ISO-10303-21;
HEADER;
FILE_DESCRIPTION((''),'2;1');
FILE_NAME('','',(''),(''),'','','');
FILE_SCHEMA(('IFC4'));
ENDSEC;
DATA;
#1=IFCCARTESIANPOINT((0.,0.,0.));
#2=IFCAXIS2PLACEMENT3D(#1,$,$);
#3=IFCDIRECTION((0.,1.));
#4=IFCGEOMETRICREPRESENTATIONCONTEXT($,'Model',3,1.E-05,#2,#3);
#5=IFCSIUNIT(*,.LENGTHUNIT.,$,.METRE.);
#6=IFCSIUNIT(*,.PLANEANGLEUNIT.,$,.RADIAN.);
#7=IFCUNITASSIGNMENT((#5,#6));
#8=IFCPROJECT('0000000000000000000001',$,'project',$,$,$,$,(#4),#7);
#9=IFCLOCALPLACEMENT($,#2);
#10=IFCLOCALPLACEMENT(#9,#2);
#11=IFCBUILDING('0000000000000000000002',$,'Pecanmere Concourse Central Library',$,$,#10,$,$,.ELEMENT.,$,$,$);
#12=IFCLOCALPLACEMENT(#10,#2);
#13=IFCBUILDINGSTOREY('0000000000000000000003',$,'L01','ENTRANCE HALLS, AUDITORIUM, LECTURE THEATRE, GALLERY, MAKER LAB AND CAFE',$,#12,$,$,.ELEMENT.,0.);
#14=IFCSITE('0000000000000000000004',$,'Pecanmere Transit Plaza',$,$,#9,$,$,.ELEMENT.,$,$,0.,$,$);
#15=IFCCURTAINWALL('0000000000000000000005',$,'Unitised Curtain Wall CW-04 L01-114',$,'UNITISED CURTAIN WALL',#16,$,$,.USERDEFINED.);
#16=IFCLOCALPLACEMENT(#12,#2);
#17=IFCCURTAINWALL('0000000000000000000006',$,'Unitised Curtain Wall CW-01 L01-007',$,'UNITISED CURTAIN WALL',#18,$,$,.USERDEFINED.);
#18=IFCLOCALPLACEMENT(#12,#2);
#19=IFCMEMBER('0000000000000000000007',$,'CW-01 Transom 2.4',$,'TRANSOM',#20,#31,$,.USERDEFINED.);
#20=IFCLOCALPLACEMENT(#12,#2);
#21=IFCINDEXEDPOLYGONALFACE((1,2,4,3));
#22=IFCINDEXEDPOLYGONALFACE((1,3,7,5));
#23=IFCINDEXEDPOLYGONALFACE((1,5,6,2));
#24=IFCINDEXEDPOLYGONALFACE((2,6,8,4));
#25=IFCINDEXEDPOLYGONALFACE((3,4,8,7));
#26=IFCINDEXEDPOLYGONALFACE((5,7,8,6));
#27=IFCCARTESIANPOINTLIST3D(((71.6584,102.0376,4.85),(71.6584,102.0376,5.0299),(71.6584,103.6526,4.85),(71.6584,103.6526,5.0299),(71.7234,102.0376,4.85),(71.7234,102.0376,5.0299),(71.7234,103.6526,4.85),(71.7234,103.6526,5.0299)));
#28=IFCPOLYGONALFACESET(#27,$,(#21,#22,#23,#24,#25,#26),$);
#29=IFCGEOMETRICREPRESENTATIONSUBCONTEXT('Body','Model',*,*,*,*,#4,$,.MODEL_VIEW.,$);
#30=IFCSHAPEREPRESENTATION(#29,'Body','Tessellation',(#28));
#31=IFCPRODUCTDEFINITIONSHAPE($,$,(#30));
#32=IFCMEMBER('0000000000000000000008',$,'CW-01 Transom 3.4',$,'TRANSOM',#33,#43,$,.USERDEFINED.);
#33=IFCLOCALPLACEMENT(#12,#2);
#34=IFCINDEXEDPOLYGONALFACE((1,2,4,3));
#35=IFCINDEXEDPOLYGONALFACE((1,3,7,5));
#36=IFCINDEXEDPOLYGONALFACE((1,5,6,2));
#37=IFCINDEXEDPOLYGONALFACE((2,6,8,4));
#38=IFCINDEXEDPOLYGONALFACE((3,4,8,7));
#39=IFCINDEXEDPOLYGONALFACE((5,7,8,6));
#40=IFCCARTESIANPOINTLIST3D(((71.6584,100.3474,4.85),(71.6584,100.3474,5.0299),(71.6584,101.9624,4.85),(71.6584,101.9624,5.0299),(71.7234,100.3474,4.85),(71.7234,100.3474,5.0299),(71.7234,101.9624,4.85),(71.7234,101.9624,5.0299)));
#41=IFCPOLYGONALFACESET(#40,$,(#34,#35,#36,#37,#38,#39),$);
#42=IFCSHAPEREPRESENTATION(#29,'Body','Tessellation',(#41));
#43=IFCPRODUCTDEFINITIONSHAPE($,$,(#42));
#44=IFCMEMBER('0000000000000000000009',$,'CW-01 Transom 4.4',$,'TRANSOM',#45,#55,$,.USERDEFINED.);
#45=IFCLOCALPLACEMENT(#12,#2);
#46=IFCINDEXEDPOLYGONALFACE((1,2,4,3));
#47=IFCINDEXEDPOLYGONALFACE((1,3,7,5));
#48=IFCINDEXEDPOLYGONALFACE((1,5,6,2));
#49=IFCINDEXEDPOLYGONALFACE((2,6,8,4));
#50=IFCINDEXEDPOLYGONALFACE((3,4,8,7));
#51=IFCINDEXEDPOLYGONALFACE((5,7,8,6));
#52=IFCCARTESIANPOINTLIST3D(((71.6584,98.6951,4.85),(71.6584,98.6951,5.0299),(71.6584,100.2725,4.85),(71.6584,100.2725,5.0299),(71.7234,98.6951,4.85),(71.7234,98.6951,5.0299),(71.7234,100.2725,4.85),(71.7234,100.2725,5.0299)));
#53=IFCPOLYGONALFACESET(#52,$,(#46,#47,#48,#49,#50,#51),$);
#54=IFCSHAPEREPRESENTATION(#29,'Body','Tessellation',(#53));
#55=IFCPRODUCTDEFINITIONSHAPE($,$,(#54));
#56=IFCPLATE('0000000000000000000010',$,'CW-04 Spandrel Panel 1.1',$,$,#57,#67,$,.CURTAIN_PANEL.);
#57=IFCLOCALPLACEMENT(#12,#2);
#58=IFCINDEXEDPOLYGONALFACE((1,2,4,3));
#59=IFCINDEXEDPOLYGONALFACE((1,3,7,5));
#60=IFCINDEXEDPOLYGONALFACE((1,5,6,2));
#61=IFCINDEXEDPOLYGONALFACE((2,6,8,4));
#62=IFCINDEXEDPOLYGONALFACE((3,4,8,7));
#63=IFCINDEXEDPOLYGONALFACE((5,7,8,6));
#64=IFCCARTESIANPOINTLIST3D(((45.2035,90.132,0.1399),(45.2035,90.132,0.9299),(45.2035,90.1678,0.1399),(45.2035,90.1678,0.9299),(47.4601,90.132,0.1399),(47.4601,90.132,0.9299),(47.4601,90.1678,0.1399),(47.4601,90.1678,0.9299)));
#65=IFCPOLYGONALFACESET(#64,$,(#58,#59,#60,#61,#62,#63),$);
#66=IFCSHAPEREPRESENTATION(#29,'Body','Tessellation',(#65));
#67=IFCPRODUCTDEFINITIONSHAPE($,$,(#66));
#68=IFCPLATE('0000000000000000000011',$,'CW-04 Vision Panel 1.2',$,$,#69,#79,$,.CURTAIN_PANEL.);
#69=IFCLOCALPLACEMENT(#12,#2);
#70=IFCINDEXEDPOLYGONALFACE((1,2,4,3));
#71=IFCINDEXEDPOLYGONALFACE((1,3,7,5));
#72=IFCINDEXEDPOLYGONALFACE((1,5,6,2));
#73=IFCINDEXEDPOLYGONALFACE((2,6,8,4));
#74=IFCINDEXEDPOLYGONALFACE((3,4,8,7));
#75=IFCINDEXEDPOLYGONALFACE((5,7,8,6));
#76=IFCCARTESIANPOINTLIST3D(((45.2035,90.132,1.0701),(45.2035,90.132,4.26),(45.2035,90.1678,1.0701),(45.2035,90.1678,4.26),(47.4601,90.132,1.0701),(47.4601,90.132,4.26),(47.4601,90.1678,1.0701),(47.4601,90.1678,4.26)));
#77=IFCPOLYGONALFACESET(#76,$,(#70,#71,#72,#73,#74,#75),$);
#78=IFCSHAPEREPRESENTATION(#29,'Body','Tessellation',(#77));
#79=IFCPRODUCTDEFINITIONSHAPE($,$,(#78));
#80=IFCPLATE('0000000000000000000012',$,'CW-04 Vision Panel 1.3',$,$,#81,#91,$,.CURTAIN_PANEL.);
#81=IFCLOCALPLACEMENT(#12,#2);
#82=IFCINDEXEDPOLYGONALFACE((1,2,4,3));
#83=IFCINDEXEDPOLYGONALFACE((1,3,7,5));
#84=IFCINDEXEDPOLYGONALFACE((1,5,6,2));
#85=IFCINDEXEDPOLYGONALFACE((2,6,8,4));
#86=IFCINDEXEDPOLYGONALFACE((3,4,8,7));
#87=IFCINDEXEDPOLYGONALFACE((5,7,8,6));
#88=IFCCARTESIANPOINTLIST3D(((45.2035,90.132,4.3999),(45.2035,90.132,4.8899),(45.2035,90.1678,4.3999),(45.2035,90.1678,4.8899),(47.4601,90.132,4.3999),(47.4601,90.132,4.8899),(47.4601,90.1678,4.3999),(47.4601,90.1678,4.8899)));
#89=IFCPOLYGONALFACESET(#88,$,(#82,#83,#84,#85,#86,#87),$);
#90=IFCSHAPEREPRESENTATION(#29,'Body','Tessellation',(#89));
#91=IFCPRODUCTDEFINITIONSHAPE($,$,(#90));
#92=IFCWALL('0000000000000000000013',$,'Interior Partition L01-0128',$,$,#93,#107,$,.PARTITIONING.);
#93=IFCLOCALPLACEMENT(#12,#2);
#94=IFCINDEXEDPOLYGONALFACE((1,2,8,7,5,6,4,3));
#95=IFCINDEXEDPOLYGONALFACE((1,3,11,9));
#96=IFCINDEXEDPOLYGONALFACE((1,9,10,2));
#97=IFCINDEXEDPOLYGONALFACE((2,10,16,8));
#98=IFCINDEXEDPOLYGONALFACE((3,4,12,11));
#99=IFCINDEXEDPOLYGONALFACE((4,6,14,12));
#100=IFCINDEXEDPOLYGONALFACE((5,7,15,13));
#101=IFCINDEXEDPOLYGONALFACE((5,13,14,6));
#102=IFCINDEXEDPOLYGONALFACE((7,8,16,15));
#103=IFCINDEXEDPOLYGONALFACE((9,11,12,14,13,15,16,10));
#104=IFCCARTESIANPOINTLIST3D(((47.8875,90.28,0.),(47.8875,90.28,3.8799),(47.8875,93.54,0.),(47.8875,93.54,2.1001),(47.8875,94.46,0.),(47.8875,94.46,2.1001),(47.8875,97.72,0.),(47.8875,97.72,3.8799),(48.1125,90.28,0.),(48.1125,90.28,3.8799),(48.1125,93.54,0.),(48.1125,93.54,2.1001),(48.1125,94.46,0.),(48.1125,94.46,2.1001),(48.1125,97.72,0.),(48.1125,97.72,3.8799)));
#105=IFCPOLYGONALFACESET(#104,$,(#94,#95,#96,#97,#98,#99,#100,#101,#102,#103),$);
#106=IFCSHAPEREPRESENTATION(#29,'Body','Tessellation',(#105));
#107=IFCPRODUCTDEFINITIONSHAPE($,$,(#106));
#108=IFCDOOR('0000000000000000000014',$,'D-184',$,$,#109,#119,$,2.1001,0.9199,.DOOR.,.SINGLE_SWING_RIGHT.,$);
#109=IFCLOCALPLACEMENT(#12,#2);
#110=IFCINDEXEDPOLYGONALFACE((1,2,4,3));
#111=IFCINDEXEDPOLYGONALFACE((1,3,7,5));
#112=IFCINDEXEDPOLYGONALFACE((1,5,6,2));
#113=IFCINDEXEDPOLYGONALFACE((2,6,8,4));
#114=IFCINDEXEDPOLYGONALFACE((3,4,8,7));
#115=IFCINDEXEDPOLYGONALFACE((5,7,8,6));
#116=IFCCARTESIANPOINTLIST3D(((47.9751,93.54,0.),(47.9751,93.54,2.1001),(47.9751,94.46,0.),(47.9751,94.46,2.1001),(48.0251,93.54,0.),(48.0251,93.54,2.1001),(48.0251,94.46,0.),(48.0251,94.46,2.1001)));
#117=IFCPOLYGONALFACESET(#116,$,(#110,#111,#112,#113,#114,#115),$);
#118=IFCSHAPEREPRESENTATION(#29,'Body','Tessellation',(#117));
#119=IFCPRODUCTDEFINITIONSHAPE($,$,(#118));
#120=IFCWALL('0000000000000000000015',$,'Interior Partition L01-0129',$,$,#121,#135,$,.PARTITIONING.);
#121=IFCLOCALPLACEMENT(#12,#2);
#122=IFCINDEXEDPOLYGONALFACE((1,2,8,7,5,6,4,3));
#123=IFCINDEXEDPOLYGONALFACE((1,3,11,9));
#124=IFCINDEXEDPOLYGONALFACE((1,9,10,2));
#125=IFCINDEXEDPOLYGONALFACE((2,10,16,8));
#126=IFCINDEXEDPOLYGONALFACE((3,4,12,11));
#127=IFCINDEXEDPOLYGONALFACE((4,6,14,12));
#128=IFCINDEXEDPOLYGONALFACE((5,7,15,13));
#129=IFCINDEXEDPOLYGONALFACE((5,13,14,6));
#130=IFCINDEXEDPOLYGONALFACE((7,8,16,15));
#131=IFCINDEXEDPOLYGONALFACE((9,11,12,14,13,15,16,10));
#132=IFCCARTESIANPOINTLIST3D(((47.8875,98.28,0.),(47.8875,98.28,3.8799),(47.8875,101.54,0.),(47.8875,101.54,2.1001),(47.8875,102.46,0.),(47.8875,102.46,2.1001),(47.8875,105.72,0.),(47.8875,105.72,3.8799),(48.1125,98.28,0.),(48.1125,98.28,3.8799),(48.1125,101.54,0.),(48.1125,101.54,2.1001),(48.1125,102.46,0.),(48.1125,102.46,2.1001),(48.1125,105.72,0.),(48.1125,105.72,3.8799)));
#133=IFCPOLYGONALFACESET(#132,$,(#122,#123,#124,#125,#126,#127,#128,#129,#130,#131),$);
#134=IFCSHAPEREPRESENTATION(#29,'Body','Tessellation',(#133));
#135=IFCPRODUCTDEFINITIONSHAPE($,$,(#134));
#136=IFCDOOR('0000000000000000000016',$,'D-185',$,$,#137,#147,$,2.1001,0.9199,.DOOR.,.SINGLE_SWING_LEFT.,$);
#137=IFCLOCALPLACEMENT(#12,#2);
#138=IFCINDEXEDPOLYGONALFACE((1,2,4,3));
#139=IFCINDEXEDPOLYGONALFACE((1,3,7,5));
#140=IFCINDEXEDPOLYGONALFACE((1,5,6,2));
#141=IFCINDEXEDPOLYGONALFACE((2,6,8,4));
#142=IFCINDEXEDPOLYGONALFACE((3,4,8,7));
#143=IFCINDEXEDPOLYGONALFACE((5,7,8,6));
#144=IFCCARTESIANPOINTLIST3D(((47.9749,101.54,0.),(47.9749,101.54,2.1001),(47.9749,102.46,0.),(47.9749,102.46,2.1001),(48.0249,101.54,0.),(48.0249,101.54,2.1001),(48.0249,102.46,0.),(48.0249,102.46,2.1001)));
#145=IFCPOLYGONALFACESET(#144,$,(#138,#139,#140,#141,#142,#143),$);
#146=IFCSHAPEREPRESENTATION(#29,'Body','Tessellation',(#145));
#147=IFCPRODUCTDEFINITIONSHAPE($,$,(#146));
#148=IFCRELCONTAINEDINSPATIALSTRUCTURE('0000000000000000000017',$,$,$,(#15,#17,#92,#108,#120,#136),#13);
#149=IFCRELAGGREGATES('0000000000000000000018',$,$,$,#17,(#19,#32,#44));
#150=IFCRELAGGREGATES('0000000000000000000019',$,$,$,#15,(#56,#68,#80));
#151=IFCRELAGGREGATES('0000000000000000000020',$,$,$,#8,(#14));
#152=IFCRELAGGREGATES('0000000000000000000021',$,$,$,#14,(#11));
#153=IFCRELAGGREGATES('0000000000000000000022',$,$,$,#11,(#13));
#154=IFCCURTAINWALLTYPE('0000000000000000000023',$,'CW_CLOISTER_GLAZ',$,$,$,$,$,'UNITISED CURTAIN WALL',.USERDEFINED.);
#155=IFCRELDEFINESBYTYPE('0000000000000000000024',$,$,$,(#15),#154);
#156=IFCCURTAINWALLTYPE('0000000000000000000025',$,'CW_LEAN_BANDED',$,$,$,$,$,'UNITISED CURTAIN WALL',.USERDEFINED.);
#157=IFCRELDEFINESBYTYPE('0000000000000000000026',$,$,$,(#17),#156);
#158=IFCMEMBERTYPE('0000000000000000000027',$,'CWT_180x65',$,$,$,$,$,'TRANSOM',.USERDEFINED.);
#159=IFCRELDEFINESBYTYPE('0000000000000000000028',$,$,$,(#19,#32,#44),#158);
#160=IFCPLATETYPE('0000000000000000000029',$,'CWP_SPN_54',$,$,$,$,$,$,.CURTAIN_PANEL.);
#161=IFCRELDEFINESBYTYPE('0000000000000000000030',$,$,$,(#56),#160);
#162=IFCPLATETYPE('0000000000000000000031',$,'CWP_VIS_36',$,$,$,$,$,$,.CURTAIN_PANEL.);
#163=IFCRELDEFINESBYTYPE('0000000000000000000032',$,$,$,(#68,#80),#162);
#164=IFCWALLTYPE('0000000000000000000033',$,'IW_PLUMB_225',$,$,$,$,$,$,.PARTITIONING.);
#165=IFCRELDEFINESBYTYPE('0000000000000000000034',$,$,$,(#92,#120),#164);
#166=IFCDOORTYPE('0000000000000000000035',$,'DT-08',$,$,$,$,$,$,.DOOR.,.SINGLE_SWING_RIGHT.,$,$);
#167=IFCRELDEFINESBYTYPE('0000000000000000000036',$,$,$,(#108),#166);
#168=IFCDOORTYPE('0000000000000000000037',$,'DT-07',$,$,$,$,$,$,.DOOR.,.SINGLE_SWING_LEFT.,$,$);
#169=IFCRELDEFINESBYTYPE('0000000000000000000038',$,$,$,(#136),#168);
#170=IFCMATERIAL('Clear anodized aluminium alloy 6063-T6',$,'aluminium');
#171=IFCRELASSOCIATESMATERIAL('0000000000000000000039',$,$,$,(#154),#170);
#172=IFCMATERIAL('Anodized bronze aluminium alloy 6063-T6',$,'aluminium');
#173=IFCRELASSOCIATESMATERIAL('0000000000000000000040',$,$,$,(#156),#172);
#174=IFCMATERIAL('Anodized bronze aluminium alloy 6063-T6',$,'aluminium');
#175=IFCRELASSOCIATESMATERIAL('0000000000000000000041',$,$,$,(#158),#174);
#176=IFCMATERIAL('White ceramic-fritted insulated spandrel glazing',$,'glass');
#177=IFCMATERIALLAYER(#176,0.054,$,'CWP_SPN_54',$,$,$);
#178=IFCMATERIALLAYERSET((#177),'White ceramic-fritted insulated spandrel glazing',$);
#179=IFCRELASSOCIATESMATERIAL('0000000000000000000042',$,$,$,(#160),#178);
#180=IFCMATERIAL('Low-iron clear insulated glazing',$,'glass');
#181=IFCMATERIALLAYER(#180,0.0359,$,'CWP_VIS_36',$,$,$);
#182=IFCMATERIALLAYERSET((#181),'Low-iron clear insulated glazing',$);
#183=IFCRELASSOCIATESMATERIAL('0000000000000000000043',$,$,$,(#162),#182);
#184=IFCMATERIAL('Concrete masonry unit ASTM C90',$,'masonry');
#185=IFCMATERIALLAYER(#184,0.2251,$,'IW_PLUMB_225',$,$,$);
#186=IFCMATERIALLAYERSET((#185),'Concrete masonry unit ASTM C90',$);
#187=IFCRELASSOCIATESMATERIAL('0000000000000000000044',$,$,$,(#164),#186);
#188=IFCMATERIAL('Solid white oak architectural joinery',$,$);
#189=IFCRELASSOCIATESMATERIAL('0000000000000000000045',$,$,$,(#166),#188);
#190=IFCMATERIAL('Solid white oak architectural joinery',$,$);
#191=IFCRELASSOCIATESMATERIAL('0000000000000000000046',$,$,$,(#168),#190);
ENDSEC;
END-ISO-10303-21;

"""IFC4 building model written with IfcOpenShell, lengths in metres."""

from ifc_helpers import new_model, si_unit, direction, frame, frame_2d, origin, origin_2d, place, context, subcontext, project, spatial, rectangle, extrude, material, layer, layer_set, material_profile, profile_set, type_object, element, fill, aggregate, save


model = new_model("IFC4")

# Units and contexts
model_context = context("Model", 3, precision=1e-05, world=origin(), true_north=direction((0.0, 1.0)))
body_context = subcontext(model_context, "Body", "Model", "MODEL_VIEW")
ifc_project = project(units=[si_unit("LENGTHUNIT", "METRE"), si_unit("PLANEANGLEUNIT", "RADIAN")], contexts=[model_context])

# Site, building, storey
site_placement = place(None, origin())
site = spatial("IfcSite", under=ifc_project, at=site_placement, Name="Pecanmere Transit Plaza", CompositionType="ELEMENT", RefElevation=0.0)
building_placement = place(site_placement, origin())
building = spatial("IfcBuilding", under=site, at=building_placement, Name="Pecanmere Concourse Central Library", CompositionType="ELEMENT")
storey_placement = place(building_placement, origin())
storey = spatial("IfcBuildingStorey", under=building, at=storey_placement, Name="L01", Description="ENTRANCE HALLS, AUDITORIUM, LECTURE THEATRE, GALLERY, MAKER LAB AND CAFE", CompositionType="ELEMENT", Elevation=0.0)

# Curtain walls, members
ifc_material_1 = material(Name="Clear anodized aluminium alloy 6063-T6", Category="aluminium")
curtain_wall_type_1 = type_object("IfcCurtainWallType", Name="CW_CLOISTER_GLAZ", ElementType="UNITISED CURTAIN WALL", PredefinedType="USERDEFINED", material=ifc_material_1)
curtain_wall_1_placement = place(storey_placement, origin())
curtain_wall_1 = element("IfcCurtainWall", 1, at=curtain_wall_1_placement, inside=storey, type_object=curtain_wall_type_1, Name="Unitised Curtain Wall CW-04 L01-114", ObjectType="UNITISED CURTAIN WALL", PredefinedType="USERDEFINED")
ifc_material_2 = material(Name="Anodized bronze aluminium alloy 6063-T6", Category="aluminium")
curtain_wall_type_2 = type_object("IfcCurtainWallType", Name="CW_LEAN_BANDED", ElementType="UNITISED CURTAIN WALL", PredefinedType="USERDEFINED", material=ifc_material_2)
ifc_material_3 = material(Name="Anodized bronze aluminium alloy 6063-T6", Category="aluminium")
ifc_material_profile_1 = material_profile(ifc_material_3, rectangle(XDim=0.0649, YDim=0.1799, at=origin_2d()), Name="AL 65x180")
ifc_profile_set_1 = profile_set([ifc_material_profile_1], Name="Anodized bronze aluminium alloy 6063-T6")
member_type_1 = type_object("IfcMemberType", Name="CWT_180x65", ElementType="TRANSOM", PredefinedType="USERDEFINED", material=ifc_profile_set_1)
curtain_wall_2_placement = place(storey_placement, origin())
curtain_wall_2 = element("IfcCurtainWall", 2, at=curtain_wall_2_placement, inside=storey, type_object=curtain_wall_type_2, Name="Unitised Curtain Wall CW-01 L01-007", ObjectType="UNITISED CURTAIN WALL", PredefinedType="USERDEFINED")
member_1_placement = place(storey_placement, frame((71.6909, 103.6526, 4.9399), z_axis=(0.0, -1.0, 0.0), x_axis=(1.0, 0.0, 0.0)))
member_1 = element("IfcMember", 3, at=member_1_placement, type_object=member_type_1, Name="CW-01 Transom 2.4", ObjectType="TRANSOM", PredefinedType="USERDEFINED", context=body_context, shape_type="SweptSolid", body=[
    extrude(rectangle(XDim=0.0649, YDim=0.1799, at=origin_2d()), origin(), (0.0, 0.0, 1.0), 1.615),
])
member_2_placement = place(storey_placement, frame((71.6909, 101.9624, 4.9399), z_axis=(0.0, -1.0, 0.0), x_axis=(1.0, 0.0, 0.0)))
member_2 = element("IfcMember", 4, at=member_2_placement, type_object=member_type_1, Name="CW-01 Transom 3.4", ObjectType="TRANSOM", PredefinedType="USERDEFINED", context=body_context, shape_type="SweptSolid", body=[
    extrude(rectangle(XDim=0.0649, YDim=0.1799, at=origin_2d()), origin(), (0.0, 0.0, 1.0), 1.615),
])
member_3_placement = place(storey_placement, frame((71.6909, 100.2725, 4.9399), z_axis=(0.0, -1.0, 0.0), x_axis=(1.0, 0.0, 0.0)))
member_3 = element("IfcMember", 5, at=member_3_placement, type_object=member_type_1, Name="CW-01 Transom 4.4", ObjectType="TRANSOM", PredefinedType="USERDEFINED", context=body_context, shape_type="SweptSolid", body=[
    extrude(rectangle(XDim=0.0649, YDim=0.1799, at=origin_2d()), origin(), (0.0, 0.0, 1.0), 1.5774),
])
aggregate(curtain_wall_2, [member_1, member_2, member_3])

# Plates
ifc_material_4 = material(Name="White ceramic-fritted insulated spandrel glazing", Category="glass")
ifc_layer_1 = layer(ifc_material_4, 0.054, Name="CWP_SPN_54")
ifc_layer_set_1 = layer_set([ifc_layer_1], Name="White ceramic-fritted insulated spandrel glazing")
plate_type_1 = type_object("IfcPlateType", Name="CWP_SPN_54", PredefinedType="CURTAIN_PANEL", material=ifc_layer_set_1)
plate_1_placement = place(storey_placement, frame((46.3318, 90.1499, 0.1399), z_axis=(0.0, 0.0, 1.0), x_axis=(-1.0, 0.0, 0.0)))
plate_1 = element("IfcPlate", 6, at=plate_1_placement, type_object=plate_type_1, Name="CW-04 Spandrel Panel 1.1", PredefinedType="CURTAIN_PANEL", context=body_context, shape_type="SweptSolid", body=[
    extrude(rectangle(XDim=2.2566, YDim=0.0359, at=origin_2d()), origin(), (0.0, 0.0, 1.0), 0.79),
])
ifc_material_5 = material(Name="Low-iron clear insulated glazing", Category="glass")
ifc_layer_2 = layer(ifc_material_5, 0.0359, Name="CWP_VIS_36")
ifc_layer_set_2 = layer_set([ifc_layer_2], Name="Low-iron clear insulated glazing")
plate_type_2 = type_object("IfcPlateType", Name="CWP_VIS_36", PredefinedType="CURTAIN_PANEL", material=ifc_layer_set_2)
plate_2_placement = place(storey_placement, frame((46.3318, 90.1499, 1.0701), z_axis=(0.0, 0.0, 1.0), x_axis=(-1.0, 0.0, 0.0)))
plate_2 = element("IfcPlate", 7, at=plate_2_placement, type_object=plate_type_2, Name="CW-04 Vision Panel 1.2", PredefinedType="CURTAIN_PANEL", context=body_context, shape_type="SweptSolid", body=[
    extrude(rectangle(XDim=2.2566, YDim=0.0359, at=origin_2d()), origin(), (0.0, 0.0, 1.0), 3.1899),
])
plate_3_placement = place(storey_placement, frame((46.3318, 90.1499, 4.3999), z_axis=(0.0, 0.0, 1.0), x_axis=(-1.0, 0.0, 0.0)))
plate_3 = element("IfcPlate", 8, at=plate_3_placement, type_object=plate_type_2, Name="CW-04 Vision Panel 1.3", PredefinedType="CURTAIN_PANEL", context=body_context, shape_type="SweptSolid", body=[
    extrude(rectangle(XDim=2.2566, YDim=0.0359, at=origin_2d()), origin(), (0.0, 0.0, 1.0), 0.49),
])
aggregate(curtain_wall_1, [plate_1, plate_2, plate_3])

# Walls, openings, doors
ifc_material_6 = material(Name="Concrete masonry unit ASTM C90", Category="masonry")
ifc_layer_3 = layer(ifc_material_6, 0.2251, Name="IW_PLUMB_225")
ifc_layer_set_3 = layer_set([ifc_layer_3], Name="Concrete masonry unit ASTM C90")
wall_type = type_object("IfcWallType", Name="IW_PLUMB_225", PredefinedType="PARTITIONING", material=ifc_layer_set_3)
wall_1_placement = place(storey_placement, frame((48.0, 90.28, 0.0), z_axis=(0.0, 0.0, 1.0), x_axis=(0.0, 1.0, 0.0)))
wall_1 = element("IfcWall", 9, at=wall_1_placement, inside=storey, type_object=wall_type, Name="Interior Partition L01-0128", PredefinedType="PARTITIONING", context=body_context, shape_type="SweptSolid", body=[
    extrude(rectangle(XDim=7.4399, YDim=0.2251, at=frame_2d((3.72, 0.0))), origin(), (0.0, 0.0, 1.0), 3.8799),
])
opening_1_placement = place(wall_1_placement, frame((3.26, 0.0, 0.0)))
opening_1 = element("IfcOpeningElement", 10, at=opening_1_placement, cuts=wall_1, PredefinedType="OPENING", context=body_context, shape_type="SweptSolid", body=[
    extrude(rectangle(XDim=0.9199, YDim=2.1001, at=frame_2d((0.46, 1.05))), frame((0.0, 0.1245, 0.0), z_axis=(0.0, -1.0, 0.0), x_axis=(1.0, 0.0, 0.0)), (0.0, 0.0, 1.0), 0.249),
])
ifc_material_7 = material(Name="Solid white oak architectural joinery")
door_type_1 = type_object("IfcDoorType", Name="DT-08", OperationType="SINGLE_SWING_RIGHT", PredefinedType="DOOR", material=ifc_material_7)
door_1_placement = place(opening_1_placement, origin())
door_1 = element("IfcDoor", 11, at=door_1_placement, inside=storey, type_object=door_type_1, Name="D-184", OperationType="SINGLE_SWING_RIGHT", OverallHeight=2.1001, OverallWidth=0.9199, PredefinedType="DOOR", context=body_context, shape_type="SweptSolid", body=[
    extrude(rectangle(XDim=0.9199, YDim=2.1001, at=frame_2d((0.46, 1.05))), frame((0.0, 0.0249, 0.0), z_axis=(0.0, -1.0, 0.0), x_axis=(1.0, 0.0, 0.0)), (0.0, 0.0, 1.0), 0.05),
])
fill(opening_1, door_1)
wall_2_placement = place(storey_placement, frame((48.0, 98.28, 0.0), z_axis=(0.0, 0.0, 1.0), x_axis=(0.0, 1.0, 0.0)))
wall_2 = element("IfcWall", 12, at=wall_2_placement, inside=storey, type_object=wall_type, Name="Interior Partition L01-0129", PredefinedType="PARTITIONING", context=body_context, shape_type="SweptSolid", body=[
    extrude(rectangle(XDim=7.4399, YDim=0.2251, at=frame_2d((3.72, 0.0))), origin(), (0.0, 0.0, 1.0), 3.8799),
])
opening_2_placement = place(wall_2_placement, frame((3.26, 0.0, 0.0)))
opening_2 = element("IfcOpeningElement", 13, at=opening_2_placement, cuts=wall_2, PredefinedType="OPENING", context=body_context, shape_type="SweptSolid", body=[
    extrude(rectangle(XDim=0.9199, YDim=2.1001, at=frame_2d((0.46, 1.05))), frame((0.0, 0.1245, 0.0), z_axis=(0.0, -1.0, 0.0), x_axis=(1.0, 0.0, 0.0)), (0.0, 0.0, 1.0), 0.249),
])
ifc_material_8 = material(Name="Solid white oak architectural joinery")
door_type_2 = type_object("IfcDoorType", Name="DT-07", OperationType="SINGLE_SWING_LEFT", PredefinedType="DOOR", material=ifc_material_8)
door_2_placement = place(opening_2_placement, frame((0.9199, 0.0, 0.0), z_axis=(0.0, 0.0, 1.0), x_axis=(-1.0, 0.0, 0.0)))
door_2 = element("IfcDoor", 14, at=door_2_placement, inside=storey, type_object=door_type_2, Name="D-185", OperationType="SINGLE_SWING_LEFT", OverallHeight=2.1001, OverallWidth=0.9199, PredefinedType="DOOR", context=body_context, shape_type="SweptSolid", body=[
    extrude(rectangle(XDim=0.9199, YDim=2.1001, at=frame_2d((0.46, 1.05))), frame((0.0, 0.0249, 0.0), z_axis=(0.0, -1.0, 0.0), x_axis=(1.0, 0.0, 0.0)), (0.0, 0.0, 1.0), 0.05),
])
fill(opening_2, door_2)

save(model, "model.ifc")
